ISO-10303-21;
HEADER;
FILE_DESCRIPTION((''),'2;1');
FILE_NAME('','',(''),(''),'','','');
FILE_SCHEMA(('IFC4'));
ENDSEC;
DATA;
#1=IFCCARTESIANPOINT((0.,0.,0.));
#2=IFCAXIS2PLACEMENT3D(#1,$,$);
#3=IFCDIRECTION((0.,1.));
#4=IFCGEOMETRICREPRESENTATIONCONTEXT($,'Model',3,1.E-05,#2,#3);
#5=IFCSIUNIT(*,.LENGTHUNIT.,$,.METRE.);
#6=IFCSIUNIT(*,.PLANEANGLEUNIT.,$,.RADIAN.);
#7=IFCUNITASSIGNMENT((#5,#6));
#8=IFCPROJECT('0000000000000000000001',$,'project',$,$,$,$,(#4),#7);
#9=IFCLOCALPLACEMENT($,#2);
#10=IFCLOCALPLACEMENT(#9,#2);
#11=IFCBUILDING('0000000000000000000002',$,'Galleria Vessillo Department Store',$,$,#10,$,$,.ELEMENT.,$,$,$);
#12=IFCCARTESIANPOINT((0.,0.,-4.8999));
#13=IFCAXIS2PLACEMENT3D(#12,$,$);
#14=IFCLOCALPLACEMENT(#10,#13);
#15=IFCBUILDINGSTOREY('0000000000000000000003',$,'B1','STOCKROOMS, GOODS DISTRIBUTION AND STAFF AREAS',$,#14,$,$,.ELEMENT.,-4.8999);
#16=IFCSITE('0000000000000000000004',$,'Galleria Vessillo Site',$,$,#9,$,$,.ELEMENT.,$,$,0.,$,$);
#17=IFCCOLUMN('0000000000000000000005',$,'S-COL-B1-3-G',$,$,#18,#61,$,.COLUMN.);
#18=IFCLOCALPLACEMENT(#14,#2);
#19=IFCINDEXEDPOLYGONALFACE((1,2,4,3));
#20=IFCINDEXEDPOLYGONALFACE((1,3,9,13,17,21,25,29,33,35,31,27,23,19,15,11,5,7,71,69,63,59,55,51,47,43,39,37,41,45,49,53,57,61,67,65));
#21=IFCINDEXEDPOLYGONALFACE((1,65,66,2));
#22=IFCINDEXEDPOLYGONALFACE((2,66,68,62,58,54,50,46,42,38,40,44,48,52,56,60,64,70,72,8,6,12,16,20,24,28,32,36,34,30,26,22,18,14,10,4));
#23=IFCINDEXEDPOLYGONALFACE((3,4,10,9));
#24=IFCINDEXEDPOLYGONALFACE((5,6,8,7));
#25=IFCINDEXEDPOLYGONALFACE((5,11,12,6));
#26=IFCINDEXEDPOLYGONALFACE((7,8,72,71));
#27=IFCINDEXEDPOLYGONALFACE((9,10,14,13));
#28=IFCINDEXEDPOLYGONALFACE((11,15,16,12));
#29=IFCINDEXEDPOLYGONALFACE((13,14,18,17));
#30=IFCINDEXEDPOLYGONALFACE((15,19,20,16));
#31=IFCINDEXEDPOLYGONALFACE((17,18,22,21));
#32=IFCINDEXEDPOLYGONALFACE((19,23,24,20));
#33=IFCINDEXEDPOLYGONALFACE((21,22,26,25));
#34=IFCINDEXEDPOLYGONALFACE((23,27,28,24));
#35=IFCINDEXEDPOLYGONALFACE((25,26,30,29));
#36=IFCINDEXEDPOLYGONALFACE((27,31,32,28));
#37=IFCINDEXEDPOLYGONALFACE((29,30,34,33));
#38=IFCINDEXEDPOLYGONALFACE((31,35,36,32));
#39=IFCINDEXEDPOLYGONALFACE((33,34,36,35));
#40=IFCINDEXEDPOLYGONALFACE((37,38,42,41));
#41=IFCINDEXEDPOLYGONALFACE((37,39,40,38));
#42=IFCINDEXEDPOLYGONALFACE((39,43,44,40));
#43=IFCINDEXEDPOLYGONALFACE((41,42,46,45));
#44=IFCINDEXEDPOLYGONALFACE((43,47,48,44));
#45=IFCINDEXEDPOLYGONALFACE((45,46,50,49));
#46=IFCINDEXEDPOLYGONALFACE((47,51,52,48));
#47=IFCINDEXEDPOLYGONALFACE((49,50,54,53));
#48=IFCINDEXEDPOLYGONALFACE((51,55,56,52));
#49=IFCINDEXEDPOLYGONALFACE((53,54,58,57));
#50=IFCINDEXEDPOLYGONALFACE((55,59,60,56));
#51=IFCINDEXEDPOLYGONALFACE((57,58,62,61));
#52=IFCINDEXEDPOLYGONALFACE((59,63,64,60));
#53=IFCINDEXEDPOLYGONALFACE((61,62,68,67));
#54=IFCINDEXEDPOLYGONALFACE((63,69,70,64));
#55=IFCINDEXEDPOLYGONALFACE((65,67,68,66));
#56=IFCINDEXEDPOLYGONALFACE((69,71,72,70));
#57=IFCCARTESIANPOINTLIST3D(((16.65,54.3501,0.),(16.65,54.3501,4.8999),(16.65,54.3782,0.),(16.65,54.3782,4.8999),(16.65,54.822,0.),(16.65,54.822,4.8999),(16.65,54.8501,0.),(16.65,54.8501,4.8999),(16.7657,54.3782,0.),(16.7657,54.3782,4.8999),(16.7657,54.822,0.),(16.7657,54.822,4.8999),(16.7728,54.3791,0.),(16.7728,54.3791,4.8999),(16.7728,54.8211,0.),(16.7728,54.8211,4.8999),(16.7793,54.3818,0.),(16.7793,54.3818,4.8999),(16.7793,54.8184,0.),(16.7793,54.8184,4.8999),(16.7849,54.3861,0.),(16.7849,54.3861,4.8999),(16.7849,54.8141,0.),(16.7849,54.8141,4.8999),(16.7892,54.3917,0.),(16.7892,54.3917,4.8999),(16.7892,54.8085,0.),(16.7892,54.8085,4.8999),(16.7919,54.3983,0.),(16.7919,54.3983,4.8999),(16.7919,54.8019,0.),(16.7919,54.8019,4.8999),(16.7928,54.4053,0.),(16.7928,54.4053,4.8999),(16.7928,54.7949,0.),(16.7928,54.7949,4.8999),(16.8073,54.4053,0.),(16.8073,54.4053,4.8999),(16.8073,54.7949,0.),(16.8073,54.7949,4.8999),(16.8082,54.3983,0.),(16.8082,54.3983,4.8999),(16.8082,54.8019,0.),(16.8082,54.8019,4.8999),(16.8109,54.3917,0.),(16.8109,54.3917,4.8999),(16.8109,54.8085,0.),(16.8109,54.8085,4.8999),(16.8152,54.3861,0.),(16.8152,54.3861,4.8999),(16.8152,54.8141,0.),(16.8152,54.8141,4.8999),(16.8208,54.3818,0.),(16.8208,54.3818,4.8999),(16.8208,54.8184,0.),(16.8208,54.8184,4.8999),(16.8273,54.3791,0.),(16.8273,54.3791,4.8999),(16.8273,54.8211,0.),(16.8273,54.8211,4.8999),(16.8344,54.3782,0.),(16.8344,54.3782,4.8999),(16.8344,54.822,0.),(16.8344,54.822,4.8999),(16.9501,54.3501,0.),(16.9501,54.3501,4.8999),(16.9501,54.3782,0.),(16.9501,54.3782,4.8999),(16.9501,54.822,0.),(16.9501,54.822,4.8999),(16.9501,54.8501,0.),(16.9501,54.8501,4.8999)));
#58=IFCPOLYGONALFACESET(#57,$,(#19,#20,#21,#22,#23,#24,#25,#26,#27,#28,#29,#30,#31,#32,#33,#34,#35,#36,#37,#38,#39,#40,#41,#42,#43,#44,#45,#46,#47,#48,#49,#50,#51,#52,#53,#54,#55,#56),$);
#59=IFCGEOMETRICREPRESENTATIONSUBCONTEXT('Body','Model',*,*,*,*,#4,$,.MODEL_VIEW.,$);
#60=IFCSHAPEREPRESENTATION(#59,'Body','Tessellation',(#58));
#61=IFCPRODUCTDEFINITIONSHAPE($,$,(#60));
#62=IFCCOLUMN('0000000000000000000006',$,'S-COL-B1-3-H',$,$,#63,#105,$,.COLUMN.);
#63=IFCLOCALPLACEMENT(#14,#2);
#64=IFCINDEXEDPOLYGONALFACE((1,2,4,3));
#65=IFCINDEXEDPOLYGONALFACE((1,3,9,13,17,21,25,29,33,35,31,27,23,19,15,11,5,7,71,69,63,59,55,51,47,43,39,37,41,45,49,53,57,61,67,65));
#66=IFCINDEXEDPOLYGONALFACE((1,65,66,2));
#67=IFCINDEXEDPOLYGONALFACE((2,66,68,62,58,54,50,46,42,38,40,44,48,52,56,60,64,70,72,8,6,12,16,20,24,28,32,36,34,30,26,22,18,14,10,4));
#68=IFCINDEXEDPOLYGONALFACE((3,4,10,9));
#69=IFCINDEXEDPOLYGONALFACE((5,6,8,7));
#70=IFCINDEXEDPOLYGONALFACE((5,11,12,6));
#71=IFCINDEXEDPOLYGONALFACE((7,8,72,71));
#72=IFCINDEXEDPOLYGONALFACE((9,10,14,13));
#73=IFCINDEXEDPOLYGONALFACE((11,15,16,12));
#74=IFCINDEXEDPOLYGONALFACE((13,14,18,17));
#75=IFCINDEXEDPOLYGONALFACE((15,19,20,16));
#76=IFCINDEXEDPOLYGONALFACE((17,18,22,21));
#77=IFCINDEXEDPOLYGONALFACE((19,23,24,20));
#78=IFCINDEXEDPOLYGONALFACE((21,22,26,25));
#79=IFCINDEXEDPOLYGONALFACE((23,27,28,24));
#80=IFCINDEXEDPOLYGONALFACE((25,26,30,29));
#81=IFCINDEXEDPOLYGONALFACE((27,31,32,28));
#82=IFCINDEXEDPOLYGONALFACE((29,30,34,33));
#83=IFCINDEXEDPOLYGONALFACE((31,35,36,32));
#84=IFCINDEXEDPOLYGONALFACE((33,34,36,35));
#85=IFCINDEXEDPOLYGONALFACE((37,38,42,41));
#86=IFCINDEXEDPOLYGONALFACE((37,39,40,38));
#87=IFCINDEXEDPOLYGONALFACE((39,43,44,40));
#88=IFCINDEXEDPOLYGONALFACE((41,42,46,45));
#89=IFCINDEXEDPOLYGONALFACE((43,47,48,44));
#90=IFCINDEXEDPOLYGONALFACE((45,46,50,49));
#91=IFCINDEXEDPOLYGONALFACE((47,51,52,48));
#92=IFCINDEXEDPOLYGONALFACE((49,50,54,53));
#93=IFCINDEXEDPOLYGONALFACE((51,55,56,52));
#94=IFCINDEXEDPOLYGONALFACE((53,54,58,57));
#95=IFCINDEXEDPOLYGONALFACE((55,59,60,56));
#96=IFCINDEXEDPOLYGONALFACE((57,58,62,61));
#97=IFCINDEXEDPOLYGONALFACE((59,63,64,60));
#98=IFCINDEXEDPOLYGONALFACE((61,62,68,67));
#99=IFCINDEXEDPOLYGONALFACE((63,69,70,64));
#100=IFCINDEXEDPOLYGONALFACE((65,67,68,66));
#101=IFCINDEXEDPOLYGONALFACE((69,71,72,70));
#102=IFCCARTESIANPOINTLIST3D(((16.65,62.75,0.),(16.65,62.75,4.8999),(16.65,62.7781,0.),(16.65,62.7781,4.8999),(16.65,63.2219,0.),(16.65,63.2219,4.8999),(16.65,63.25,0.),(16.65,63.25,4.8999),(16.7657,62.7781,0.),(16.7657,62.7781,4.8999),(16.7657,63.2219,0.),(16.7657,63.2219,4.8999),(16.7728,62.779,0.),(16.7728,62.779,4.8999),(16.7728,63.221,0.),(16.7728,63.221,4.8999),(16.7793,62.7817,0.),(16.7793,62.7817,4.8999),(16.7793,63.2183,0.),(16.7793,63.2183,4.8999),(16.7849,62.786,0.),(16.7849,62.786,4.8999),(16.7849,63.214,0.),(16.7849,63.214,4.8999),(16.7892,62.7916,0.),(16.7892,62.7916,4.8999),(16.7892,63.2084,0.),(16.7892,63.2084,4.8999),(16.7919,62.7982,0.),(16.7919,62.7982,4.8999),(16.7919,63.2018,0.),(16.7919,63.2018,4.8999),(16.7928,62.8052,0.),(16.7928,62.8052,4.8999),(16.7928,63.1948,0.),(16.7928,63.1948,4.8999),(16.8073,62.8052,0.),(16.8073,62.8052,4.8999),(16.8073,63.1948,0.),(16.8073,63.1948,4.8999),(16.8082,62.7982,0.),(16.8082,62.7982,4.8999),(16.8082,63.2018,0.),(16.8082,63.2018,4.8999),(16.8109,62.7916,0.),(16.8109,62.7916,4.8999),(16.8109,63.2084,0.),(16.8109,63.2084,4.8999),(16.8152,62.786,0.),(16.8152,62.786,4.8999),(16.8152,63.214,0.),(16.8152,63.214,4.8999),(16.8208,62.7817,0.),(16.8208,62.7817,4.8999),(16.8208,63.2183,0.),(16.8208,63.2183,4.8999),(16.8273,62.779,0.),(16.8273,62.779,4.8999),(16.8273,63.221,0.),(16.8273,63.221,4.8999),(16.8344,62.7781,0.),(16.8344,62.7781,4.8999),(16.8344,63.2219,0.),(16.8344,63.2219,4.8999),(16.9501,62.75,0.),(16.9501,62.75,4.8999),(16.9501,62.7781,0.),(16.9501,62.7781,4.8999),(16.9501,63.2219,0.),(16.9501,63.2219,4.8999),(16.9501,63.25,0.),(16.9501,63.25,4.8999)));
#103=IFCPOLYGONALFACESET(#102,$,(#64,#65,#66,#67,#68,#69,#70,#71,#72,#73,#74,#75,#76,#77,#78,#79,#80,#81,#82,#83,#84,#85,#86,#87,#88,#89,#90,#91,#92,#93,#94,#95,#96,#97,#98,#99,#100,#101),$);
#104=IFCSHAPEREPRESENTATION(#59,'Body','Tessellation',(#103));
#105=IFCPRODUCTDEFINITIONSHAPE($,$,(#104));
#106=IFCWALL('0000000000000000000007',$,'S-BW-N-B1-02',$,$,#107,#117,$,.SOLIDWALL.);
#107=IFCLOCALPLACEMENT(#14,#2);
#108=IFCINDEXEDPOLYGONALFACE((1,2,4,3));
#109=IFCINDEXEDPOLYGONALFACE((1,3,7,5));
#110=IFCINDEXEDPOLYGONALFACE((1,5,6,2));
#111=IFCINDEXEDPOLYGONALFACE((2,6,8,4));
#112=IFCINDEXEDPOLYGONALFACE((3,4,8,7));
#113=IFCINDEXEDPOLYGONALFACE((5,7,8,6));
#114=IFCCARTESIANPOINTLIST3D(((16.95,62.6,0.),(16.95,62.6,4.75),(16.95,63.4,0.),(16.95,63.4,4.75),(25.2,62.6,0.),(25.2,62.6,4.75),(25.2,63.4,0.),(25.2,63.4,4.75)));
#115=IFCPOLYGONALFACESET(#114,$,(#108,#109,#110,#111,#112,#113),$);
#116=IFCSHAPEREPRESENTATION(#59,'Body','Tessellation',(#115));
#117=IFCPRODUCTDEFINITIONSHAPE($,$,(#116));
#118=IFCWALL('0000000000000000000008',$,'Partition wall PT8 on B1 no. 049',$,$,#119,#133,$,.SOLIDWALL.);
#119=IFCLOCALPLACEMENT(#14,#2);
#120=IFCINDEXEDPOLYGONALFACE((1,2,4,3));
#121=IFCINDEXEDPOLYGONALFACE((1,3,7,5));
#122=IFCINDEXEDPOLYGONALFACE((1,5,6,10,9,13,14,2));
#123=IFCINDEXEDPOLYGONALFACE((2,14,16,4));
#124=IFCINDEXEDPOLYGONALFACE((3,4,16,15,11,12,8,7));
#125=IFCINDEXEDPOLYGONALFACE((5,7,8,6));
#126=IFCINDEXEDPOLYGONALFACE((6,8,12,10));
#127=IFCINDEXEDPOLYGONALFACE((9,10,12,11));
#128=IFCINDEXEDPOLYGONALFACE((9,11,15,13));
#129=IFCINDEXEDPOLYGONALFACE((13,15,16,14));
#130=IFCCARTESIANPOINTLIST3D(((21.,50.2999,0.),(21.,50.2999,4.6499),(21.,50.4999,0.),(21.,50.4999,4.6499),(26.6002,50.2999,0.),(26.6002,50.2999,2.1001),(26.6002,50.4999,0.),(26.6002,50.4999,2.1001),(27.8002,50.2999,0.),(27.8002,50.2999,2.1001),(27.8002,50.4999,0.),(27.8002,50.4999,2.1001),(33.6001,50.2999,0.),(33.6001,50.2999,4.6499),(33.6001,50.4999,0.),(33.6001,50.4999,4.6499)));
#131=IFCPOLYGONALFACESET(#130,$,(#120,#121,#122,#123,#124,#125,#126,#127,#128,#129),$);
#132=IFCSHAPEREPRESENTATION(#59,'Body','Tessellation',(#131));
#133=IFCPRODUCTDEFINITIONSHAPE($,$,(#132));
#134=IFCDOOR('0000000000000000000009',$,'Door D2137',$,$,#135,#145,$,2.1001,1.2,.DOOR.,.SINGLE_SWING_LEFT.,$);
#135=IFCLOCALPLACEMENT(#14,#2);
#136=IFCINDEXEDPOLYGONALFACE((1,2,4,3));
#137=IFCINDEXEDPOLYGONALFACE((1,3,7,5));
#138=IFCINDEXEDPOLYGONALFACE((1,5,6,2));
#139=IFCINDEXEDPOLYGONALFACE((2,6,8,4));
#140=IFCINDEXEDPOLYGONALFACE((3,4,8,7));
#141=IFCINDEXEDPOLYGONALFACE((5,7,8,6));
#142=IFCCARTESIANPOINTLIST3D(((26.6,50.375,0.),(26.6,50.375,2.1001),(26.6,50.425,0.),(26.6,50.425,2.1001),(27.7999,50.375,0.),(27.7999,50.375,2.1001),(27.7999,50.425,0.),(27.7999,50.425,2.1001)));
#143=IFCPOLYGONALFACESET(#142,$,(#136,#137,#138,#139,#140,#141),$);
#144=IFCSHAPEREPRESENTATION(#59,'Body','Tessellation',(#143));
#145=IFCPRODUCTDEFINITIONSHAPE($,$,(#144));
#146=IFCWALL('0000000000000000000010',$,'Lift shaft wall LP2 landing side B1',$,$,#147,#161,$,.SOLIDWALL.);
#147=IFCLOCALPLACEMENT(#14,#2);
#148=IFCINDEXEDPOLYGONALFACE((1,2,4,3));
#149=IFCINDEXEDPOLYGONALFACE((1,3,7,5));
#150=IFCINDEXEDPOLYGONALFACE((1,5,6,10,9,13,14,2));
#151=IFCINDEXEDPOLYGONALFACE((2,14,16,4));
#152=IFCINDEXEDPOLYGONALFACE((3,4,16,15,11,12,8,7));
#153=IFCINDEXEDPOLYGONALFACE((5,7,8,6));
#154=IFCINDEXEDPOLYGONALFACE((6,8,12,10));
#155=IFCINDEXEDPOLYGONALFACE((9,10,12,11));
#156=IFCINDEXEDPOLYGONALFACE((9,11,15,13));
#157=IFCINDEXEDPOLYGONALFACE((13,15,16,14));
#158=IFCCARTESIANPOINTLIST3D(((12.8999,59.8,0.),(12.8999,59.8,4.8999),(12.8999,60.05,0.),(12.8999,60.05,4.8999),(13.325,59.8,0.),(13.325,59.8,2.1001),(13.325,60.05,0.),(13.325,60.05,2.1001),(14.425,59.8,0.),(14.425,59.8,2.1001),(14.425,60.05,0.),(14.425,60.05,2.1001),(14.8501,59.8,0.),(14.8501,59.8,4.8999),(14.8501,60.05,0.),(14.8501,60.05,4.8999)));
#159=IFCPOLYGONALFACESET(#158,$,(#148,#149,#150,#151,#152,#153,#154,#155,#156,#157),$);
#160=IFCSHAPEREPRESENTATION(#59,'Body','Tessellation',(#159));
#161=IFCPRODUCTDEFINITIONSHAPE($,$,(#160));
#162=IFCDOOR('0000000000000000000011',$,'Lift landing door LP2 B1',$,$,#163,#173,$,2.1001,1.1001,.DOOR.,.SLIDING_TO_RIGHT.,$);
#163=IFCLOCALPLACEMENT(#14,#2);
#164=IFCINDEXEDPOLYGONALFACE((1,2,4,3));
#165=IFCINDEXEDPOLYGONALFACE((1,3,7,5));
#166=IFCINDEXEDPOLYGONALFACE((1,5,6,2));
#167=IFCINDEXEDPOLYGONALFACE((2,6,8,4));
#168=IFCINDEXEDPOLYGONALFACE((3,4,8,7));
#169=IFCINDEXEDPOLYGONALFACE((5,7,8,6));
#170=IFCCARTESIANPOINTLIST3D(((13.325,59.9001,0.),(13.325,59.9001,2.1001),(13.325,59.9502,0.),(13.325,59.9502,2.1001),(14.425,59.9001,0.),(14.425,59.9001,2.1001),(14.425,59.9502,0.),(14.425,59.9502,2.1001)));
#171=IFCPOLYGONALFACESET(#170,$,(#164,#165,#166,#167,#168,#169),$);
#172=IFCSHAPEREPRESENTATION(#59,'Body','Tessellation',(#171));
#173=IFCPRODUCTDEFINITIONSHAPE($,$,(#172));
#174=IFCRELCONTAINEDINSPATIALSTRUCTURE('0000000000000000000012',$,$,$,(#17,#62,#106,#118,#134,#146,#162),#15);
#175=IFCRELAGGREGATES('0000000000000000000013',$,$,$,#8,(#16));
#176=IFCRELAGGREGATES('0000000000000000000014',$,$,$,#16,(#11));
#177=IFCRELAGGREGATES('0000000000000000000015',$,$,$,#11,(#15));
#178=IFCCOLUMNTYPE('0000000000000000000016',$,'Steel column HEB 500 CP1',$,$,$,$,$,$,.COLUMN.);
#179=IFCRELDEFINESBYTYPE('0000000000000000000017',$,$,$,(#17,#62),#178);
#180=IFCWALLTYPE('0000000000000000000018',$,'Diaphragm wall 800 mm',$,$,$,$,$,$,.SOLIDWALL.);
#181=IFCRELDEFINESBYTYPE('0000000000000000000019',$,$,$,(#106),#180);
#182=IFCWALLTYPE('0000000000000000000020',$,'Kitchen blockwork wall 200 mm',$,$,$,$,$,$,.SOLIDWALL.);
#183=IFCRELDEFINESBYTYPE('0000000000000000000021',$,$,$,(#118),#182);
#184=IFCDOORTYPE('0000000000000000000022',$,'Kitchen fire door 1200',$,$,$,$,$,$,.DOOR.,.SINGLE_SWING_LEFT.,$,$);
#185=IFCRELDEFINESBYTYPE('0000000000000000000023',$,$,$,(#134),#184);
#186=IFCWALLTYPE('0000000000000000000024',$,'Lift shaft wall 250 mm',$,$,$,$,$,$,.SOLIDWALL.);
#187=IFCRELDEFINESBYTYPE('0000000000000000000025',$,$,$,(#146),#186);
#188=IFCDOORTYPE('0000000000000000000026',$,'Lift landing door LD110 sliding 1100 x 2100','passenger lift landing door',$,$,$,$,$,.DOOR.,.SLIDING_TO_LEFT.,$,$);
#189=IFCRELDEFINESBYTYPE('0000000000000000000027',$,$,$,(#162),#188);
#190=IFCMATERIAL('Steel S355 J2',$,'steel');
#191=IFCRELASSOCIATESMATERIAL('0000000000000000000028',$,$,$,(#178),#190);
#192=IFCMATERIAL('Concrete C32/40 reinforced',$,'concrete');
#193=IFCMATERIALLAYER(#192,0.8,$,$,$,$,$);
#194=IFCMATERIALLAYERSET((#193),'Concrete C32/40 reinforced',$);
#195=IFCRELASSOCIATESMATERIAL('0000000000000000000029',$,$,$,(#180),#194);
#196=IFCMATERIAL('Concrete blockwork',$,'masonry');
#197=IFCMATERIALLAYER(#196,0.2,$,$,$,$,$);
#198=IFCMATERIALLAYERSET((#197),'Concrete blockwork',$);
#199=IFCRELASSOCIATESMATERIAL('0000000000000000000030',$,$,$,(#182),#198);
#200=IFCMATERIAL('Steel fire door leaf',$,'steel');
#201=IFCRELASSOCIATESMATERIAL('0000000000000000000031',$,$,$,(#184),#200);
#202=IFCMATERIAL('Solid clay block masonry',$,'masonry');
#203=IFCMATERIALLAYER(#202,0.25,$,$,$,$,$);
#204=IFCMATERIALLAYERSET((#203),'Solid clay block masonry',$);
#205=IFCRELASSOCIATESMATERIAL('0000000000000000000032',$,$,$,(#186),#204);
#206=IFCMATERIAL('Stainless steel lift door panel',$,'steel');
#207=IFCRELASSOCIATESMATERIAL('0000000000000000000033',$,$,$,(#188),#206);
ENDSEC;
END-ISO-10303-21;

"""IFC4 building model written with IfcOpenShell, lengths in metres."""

from ifc_helpers import new_model, si_unit, direction, frame, frame_2d, origin, origin_2d, place, context, subcontext, project, spatial, rectangle, i_section, extrude, material, layer, layer_set, material_profile, profile_set, type_object, element, fill, save


model = new_model("IFC4")

# Units and contexts
model_context = context("Model", 3, precision=1e-05, world=origin(), true_north=direction((0.0, 1.0)))
body_context = subcontext(model_context, "Body", "Model", "MODEL_VIEW")
ifc_project = project(units=[si_unit("LENGTHUNIT", "METRE"), si_unit("PLANEANGLEUNIT", "RADIAN")], contexts=[model_context])

# Site, building, storey
site_placement = place(None, origin())
site = spatial("IfcSite", under=ifc_project, at=site_placement, Name="Galleria Vessillo Site", CompositionType="ELEMENT", RefElevation=0.0)
building_placement = place(site_placement, origin())
building = spatial("IfcBuilding", under=site, at=building_placement, Name="Galleria Vessillo Department Store", CompositionType="ELEMENT")
storey_placement = place(building_placement, frame((0.0, 0.0, -4.8999)))
storey = spatial("IfcBuildingStorey", under=building, at=storey_placement, Name="B1", Description="STOCKROOMS, GOODS DISTRIBUTION AND STAFF AREAS", CompositionType="ELEMENT", Elevation=-4.8999)

# Columns
ifc_material_1 = material(Name="Steel S355 J2", Category="steel")
ifc_material_profile = material_profile(ifc_material_1, i_section(OverallWidth=0.3, OverallDepth=0.5, WebThickness=0.0144, FlangeThickness=0.0281, FilletRadius=0.0271, at=origin_2d()), Name="HEB 500")
ifc_profile_set = profile_set([ifc_material_profile], Name="Steel S355 J2")
column_type = type_object("IfcColumnType", Name="Steel column HEB 500 CP1", PredefinedType="COLUMN", material=ifc_profile_set)
for number, where, z_axis, x_axis, name in (
    (1, (16.8, 54.6001, 0.0), (0.0, 0.0, 1.0), (1.0, 0.0, 0.0), "S-COL-B1-3-G"),
    (2, (16.8, 63.0, 0.0), (0.0, 0.0, 1.0), (1.0, 0.0, 0.0), "S-COL-B1-3-H"),
):
    element("IfcColumn", number, at=place(storey_placement, frame(where, z_axis=z_axis, x_axis=x_axis)), inside=storey, type_object=column_type, Name=name, PredefinedType="COLUMN", context=body_context, shape_type="SweptSolid", body=[
        extrude(i_section(OverallWidth=0.3, OverallDepth=0.5, WebThickness=0.0144, FlangeThickness=0.0281, FilletRadius=0.0271, at=origin_2d()), origin(), (0.0, 0.0, 1.0), 4.8999),
    ])

# Wall
ifc_material_2 = material(Name="Concrete C32/40 reinforced", Category="concrete")
ifc_layer_1 = layer(ifc_material_2, 0.8)
ifc_layer_set_1 = layer_set([ifc_layer_1], Name="Concrete C32/40 reinforced")
wall_type_1 = type_object("IfcWallType", Name="Diaphragm wall 800 mm", PredefinedType="SOLIDWALL", material=ifc_layer_set_1)
wall_1_placement = place(storey_placement, frame((16.95, 63.0, 0.0), z_axis=(0.0, 0.0, 1.0), x_axis=(1.0, 0.0, 0.0)))
element("IfcWall", 3, at=wall_1_placement, inside=storey, type_object=wall_type_1, Name="S-BW-N-B1-02", PredefinedType="SOLIDWALL", context=body_context, shape_type="SweptSolid", body=[
    extrude(rectangle(XDim=8.25, YDim=0.8, at=frame_2d((4.125, 0.0))), origin(), (0.0, 0.0, 1.0), 4.75),
])

# Walls, openings, doors
ifc_material_3 = material(Name="Concrete blockwork", Category="masonry")
ifc_layer_2 = layer(ifc_material_3, 0.2)
ifc_layer_set_2 = layer_set([ifc_layer_2], Name="Concrete blockwork")
wall_type_2 = type_object("IfcWallType", Name="Kitchen blockwork wall 200 mm", PredefinedType="SOLIDWALL", material=ifc_layer_set_2)
wall_2_placement = place(storey_placement, frame((21.0, 50.3999, 0.0), z_axis=(0.0, 0.0, 1.0), x_axis=(1.0, 0.0, 0.0)))
wall_2 = element("IfcWall", 4, at=wall_2_placement, inside=storey, type_object=wall_type_2, Name="Partition wall PT8 on B1 no. 049", PredefinedType="SOLIDWALL", context=body_context, shape_type="SweptSolid", body=[
    extrude(rectangle(XDim=12.6001, YDim=0.2, at=frame_2d((6.3, 0.0))), origin(), (0.0, 0.0, 1.0), 4.6499),
])
opening_1_placement = place(wall_2_placement, frame((5.6001, 0.0, 0.0)))
opening_1 = element("IfcOpeningElement", 5, at=opening_1_placement, cuts=wall_2, PredefinedType="OPENING", context=body_context, shape_type="SweptSolid", body=[
    extrude(rectangle(XDim=1.2, YDim=2.1001, at=frame_2d((0.6001, 1.05))), frame((0.0, 0.1099, 0.0), z_axis=(0.0, -1.0, 0.0), x_axis=(1.0, 0.0, 0.0)), (0.0, 0.0, 1.0), 0.22),
])
ifc_material_4 = material(Name="Steel fire door leaf", Category="steel")
door_type_1 = type_object("IfcDoorType", Name="Kitchen fire door 1200", OperationType="SINGLE_SWING_LEFT", PredefinedType="DOOR", material=ifc_material_4)
door_1_placement = place(opening_1_placement, frame((1.2, 0.0, 0.0), z_axis=(0.0, 0.0, 1.0), x_axis=(-1.0, 0.0, 0.0)))
door_1 = element("IfcDoor", 6, at=door_1_placement, inside=storey, type_object=door_type_1, Name="Door D2137", OperationType="SINGLE_SWING_LEFT", OverallHeight=2.1001, OverallWidth=1.2, PredefinedType="DOOR", context=body_context, shape_type="SweptSolid", body=[
    extrude(rectangle(XDim=1.2, YDim=2.1001, at=frame_2d((0.6001, 1.05))), frame((0.0, 0.0249, 0.0), z_axis=(0.0, -1.0, 0.0), x_axis=(1.0, 0.0, 0.0)), (0.0, 0.0, 1.0), 0.05),
])
fill(opening_1, door_1)
ifc_material_5 = material(Name="Solid clay block masonry", Category="masonry")
ifc_layer_3 = layer(ifc_material_5, 0.25)
ifc_layer_set_3 = layer_set([ifc_layer_3], Name="Solid clay block masonry")
wall_type_3 = type_object("IfcWallType", Name="Lift shaft wall 250 mm", PredefinedType="SOLIDWALL", material=ifc_layer_set_3)
wall_3_placement = place(storey_placement, frame((12.8999, 59.925, 0.0), z_axis=(0.0, 0.0, 1.0), x_axis=(1.0, 0.0, 0.0)))
wall_3 = element("IfcWall", 7, at=wall_3_placement, inside=storey, type_object=wall_type_3, Name="Lift shaft wall LP2 landing side B1", PredefinedType="SOLIDWALL", context=body_context, shape_type="SweptSolid", body=[
    extrude(rectangle(XDim=1.9502, YDim=0.25, at=frame_2d((0.9751, 0.0))), origin(), (0.0, 0.0, 1.0), 4.8999),
])
opening_2_placement = place(wall_3_placement, frame((0.425, 0.0, 0.0)))
opening_2 = element("IfcOpeningElement", 8, at=opening_2_placement, cuts=wall_3, PredefinedType="OPENING", context=body_context, shape_type="SweptSolid", body=[
    extrude(rectangle(XDim=1.1001, YDim=2.1001, at=frame_2d((0.55, 1.05))), frame((0.0, 0.135, 0.0), z_axis=(0.0, -1.0, 0.0), x_axis=(1.0, 0.0, 0.0)), (0.0, 0.0, 1.0), 0.27),
])
ifc_material_6 = material(Name="Stainless steel lift door panel", Category="steel")
door_type_2 = type_object("IfcDoorType", Name="Lift landing door LD110 sliding 1100 x 2100", Description="passenger lift landing door", OperationType="SLIDING_TO_LEFT", PredefinedType="DOOR", material=ifc_material_6)
door_2_placement = place(opening_2_placement, frame((1.1001, 0.0, 0.0), z_axis=(0.0, 0.0, 1.0), x_axis=(-1.0, 0.0, 0.0)))
door_2 = element("IfcDoor", 9, at=door_2_placement, inside=storey, type_object=door_type_2, Name="Lift landing door LP2 B1", OperationType="SLIDING_TO_RIGHT", OverallHeight=2.1001, OverallWidth=1.1001, PredefinedType="DOOR", context=body_context, shape_type="SweptSolid", body=[
    extrude(rectangle(XDim=1.1001, YDim=2.1001, at=frame_2d((0.55, 1.05))), frame((0.0, 0.0249, 0.0), z_axis=(0.0, -1.0, 0.0), x_axis=(1.0, 0.0, 0.0)), (0.0, 0.0, 1.0), 0.05),
])
fill(opening_2, door_2)

save(model, "model.ifc")
